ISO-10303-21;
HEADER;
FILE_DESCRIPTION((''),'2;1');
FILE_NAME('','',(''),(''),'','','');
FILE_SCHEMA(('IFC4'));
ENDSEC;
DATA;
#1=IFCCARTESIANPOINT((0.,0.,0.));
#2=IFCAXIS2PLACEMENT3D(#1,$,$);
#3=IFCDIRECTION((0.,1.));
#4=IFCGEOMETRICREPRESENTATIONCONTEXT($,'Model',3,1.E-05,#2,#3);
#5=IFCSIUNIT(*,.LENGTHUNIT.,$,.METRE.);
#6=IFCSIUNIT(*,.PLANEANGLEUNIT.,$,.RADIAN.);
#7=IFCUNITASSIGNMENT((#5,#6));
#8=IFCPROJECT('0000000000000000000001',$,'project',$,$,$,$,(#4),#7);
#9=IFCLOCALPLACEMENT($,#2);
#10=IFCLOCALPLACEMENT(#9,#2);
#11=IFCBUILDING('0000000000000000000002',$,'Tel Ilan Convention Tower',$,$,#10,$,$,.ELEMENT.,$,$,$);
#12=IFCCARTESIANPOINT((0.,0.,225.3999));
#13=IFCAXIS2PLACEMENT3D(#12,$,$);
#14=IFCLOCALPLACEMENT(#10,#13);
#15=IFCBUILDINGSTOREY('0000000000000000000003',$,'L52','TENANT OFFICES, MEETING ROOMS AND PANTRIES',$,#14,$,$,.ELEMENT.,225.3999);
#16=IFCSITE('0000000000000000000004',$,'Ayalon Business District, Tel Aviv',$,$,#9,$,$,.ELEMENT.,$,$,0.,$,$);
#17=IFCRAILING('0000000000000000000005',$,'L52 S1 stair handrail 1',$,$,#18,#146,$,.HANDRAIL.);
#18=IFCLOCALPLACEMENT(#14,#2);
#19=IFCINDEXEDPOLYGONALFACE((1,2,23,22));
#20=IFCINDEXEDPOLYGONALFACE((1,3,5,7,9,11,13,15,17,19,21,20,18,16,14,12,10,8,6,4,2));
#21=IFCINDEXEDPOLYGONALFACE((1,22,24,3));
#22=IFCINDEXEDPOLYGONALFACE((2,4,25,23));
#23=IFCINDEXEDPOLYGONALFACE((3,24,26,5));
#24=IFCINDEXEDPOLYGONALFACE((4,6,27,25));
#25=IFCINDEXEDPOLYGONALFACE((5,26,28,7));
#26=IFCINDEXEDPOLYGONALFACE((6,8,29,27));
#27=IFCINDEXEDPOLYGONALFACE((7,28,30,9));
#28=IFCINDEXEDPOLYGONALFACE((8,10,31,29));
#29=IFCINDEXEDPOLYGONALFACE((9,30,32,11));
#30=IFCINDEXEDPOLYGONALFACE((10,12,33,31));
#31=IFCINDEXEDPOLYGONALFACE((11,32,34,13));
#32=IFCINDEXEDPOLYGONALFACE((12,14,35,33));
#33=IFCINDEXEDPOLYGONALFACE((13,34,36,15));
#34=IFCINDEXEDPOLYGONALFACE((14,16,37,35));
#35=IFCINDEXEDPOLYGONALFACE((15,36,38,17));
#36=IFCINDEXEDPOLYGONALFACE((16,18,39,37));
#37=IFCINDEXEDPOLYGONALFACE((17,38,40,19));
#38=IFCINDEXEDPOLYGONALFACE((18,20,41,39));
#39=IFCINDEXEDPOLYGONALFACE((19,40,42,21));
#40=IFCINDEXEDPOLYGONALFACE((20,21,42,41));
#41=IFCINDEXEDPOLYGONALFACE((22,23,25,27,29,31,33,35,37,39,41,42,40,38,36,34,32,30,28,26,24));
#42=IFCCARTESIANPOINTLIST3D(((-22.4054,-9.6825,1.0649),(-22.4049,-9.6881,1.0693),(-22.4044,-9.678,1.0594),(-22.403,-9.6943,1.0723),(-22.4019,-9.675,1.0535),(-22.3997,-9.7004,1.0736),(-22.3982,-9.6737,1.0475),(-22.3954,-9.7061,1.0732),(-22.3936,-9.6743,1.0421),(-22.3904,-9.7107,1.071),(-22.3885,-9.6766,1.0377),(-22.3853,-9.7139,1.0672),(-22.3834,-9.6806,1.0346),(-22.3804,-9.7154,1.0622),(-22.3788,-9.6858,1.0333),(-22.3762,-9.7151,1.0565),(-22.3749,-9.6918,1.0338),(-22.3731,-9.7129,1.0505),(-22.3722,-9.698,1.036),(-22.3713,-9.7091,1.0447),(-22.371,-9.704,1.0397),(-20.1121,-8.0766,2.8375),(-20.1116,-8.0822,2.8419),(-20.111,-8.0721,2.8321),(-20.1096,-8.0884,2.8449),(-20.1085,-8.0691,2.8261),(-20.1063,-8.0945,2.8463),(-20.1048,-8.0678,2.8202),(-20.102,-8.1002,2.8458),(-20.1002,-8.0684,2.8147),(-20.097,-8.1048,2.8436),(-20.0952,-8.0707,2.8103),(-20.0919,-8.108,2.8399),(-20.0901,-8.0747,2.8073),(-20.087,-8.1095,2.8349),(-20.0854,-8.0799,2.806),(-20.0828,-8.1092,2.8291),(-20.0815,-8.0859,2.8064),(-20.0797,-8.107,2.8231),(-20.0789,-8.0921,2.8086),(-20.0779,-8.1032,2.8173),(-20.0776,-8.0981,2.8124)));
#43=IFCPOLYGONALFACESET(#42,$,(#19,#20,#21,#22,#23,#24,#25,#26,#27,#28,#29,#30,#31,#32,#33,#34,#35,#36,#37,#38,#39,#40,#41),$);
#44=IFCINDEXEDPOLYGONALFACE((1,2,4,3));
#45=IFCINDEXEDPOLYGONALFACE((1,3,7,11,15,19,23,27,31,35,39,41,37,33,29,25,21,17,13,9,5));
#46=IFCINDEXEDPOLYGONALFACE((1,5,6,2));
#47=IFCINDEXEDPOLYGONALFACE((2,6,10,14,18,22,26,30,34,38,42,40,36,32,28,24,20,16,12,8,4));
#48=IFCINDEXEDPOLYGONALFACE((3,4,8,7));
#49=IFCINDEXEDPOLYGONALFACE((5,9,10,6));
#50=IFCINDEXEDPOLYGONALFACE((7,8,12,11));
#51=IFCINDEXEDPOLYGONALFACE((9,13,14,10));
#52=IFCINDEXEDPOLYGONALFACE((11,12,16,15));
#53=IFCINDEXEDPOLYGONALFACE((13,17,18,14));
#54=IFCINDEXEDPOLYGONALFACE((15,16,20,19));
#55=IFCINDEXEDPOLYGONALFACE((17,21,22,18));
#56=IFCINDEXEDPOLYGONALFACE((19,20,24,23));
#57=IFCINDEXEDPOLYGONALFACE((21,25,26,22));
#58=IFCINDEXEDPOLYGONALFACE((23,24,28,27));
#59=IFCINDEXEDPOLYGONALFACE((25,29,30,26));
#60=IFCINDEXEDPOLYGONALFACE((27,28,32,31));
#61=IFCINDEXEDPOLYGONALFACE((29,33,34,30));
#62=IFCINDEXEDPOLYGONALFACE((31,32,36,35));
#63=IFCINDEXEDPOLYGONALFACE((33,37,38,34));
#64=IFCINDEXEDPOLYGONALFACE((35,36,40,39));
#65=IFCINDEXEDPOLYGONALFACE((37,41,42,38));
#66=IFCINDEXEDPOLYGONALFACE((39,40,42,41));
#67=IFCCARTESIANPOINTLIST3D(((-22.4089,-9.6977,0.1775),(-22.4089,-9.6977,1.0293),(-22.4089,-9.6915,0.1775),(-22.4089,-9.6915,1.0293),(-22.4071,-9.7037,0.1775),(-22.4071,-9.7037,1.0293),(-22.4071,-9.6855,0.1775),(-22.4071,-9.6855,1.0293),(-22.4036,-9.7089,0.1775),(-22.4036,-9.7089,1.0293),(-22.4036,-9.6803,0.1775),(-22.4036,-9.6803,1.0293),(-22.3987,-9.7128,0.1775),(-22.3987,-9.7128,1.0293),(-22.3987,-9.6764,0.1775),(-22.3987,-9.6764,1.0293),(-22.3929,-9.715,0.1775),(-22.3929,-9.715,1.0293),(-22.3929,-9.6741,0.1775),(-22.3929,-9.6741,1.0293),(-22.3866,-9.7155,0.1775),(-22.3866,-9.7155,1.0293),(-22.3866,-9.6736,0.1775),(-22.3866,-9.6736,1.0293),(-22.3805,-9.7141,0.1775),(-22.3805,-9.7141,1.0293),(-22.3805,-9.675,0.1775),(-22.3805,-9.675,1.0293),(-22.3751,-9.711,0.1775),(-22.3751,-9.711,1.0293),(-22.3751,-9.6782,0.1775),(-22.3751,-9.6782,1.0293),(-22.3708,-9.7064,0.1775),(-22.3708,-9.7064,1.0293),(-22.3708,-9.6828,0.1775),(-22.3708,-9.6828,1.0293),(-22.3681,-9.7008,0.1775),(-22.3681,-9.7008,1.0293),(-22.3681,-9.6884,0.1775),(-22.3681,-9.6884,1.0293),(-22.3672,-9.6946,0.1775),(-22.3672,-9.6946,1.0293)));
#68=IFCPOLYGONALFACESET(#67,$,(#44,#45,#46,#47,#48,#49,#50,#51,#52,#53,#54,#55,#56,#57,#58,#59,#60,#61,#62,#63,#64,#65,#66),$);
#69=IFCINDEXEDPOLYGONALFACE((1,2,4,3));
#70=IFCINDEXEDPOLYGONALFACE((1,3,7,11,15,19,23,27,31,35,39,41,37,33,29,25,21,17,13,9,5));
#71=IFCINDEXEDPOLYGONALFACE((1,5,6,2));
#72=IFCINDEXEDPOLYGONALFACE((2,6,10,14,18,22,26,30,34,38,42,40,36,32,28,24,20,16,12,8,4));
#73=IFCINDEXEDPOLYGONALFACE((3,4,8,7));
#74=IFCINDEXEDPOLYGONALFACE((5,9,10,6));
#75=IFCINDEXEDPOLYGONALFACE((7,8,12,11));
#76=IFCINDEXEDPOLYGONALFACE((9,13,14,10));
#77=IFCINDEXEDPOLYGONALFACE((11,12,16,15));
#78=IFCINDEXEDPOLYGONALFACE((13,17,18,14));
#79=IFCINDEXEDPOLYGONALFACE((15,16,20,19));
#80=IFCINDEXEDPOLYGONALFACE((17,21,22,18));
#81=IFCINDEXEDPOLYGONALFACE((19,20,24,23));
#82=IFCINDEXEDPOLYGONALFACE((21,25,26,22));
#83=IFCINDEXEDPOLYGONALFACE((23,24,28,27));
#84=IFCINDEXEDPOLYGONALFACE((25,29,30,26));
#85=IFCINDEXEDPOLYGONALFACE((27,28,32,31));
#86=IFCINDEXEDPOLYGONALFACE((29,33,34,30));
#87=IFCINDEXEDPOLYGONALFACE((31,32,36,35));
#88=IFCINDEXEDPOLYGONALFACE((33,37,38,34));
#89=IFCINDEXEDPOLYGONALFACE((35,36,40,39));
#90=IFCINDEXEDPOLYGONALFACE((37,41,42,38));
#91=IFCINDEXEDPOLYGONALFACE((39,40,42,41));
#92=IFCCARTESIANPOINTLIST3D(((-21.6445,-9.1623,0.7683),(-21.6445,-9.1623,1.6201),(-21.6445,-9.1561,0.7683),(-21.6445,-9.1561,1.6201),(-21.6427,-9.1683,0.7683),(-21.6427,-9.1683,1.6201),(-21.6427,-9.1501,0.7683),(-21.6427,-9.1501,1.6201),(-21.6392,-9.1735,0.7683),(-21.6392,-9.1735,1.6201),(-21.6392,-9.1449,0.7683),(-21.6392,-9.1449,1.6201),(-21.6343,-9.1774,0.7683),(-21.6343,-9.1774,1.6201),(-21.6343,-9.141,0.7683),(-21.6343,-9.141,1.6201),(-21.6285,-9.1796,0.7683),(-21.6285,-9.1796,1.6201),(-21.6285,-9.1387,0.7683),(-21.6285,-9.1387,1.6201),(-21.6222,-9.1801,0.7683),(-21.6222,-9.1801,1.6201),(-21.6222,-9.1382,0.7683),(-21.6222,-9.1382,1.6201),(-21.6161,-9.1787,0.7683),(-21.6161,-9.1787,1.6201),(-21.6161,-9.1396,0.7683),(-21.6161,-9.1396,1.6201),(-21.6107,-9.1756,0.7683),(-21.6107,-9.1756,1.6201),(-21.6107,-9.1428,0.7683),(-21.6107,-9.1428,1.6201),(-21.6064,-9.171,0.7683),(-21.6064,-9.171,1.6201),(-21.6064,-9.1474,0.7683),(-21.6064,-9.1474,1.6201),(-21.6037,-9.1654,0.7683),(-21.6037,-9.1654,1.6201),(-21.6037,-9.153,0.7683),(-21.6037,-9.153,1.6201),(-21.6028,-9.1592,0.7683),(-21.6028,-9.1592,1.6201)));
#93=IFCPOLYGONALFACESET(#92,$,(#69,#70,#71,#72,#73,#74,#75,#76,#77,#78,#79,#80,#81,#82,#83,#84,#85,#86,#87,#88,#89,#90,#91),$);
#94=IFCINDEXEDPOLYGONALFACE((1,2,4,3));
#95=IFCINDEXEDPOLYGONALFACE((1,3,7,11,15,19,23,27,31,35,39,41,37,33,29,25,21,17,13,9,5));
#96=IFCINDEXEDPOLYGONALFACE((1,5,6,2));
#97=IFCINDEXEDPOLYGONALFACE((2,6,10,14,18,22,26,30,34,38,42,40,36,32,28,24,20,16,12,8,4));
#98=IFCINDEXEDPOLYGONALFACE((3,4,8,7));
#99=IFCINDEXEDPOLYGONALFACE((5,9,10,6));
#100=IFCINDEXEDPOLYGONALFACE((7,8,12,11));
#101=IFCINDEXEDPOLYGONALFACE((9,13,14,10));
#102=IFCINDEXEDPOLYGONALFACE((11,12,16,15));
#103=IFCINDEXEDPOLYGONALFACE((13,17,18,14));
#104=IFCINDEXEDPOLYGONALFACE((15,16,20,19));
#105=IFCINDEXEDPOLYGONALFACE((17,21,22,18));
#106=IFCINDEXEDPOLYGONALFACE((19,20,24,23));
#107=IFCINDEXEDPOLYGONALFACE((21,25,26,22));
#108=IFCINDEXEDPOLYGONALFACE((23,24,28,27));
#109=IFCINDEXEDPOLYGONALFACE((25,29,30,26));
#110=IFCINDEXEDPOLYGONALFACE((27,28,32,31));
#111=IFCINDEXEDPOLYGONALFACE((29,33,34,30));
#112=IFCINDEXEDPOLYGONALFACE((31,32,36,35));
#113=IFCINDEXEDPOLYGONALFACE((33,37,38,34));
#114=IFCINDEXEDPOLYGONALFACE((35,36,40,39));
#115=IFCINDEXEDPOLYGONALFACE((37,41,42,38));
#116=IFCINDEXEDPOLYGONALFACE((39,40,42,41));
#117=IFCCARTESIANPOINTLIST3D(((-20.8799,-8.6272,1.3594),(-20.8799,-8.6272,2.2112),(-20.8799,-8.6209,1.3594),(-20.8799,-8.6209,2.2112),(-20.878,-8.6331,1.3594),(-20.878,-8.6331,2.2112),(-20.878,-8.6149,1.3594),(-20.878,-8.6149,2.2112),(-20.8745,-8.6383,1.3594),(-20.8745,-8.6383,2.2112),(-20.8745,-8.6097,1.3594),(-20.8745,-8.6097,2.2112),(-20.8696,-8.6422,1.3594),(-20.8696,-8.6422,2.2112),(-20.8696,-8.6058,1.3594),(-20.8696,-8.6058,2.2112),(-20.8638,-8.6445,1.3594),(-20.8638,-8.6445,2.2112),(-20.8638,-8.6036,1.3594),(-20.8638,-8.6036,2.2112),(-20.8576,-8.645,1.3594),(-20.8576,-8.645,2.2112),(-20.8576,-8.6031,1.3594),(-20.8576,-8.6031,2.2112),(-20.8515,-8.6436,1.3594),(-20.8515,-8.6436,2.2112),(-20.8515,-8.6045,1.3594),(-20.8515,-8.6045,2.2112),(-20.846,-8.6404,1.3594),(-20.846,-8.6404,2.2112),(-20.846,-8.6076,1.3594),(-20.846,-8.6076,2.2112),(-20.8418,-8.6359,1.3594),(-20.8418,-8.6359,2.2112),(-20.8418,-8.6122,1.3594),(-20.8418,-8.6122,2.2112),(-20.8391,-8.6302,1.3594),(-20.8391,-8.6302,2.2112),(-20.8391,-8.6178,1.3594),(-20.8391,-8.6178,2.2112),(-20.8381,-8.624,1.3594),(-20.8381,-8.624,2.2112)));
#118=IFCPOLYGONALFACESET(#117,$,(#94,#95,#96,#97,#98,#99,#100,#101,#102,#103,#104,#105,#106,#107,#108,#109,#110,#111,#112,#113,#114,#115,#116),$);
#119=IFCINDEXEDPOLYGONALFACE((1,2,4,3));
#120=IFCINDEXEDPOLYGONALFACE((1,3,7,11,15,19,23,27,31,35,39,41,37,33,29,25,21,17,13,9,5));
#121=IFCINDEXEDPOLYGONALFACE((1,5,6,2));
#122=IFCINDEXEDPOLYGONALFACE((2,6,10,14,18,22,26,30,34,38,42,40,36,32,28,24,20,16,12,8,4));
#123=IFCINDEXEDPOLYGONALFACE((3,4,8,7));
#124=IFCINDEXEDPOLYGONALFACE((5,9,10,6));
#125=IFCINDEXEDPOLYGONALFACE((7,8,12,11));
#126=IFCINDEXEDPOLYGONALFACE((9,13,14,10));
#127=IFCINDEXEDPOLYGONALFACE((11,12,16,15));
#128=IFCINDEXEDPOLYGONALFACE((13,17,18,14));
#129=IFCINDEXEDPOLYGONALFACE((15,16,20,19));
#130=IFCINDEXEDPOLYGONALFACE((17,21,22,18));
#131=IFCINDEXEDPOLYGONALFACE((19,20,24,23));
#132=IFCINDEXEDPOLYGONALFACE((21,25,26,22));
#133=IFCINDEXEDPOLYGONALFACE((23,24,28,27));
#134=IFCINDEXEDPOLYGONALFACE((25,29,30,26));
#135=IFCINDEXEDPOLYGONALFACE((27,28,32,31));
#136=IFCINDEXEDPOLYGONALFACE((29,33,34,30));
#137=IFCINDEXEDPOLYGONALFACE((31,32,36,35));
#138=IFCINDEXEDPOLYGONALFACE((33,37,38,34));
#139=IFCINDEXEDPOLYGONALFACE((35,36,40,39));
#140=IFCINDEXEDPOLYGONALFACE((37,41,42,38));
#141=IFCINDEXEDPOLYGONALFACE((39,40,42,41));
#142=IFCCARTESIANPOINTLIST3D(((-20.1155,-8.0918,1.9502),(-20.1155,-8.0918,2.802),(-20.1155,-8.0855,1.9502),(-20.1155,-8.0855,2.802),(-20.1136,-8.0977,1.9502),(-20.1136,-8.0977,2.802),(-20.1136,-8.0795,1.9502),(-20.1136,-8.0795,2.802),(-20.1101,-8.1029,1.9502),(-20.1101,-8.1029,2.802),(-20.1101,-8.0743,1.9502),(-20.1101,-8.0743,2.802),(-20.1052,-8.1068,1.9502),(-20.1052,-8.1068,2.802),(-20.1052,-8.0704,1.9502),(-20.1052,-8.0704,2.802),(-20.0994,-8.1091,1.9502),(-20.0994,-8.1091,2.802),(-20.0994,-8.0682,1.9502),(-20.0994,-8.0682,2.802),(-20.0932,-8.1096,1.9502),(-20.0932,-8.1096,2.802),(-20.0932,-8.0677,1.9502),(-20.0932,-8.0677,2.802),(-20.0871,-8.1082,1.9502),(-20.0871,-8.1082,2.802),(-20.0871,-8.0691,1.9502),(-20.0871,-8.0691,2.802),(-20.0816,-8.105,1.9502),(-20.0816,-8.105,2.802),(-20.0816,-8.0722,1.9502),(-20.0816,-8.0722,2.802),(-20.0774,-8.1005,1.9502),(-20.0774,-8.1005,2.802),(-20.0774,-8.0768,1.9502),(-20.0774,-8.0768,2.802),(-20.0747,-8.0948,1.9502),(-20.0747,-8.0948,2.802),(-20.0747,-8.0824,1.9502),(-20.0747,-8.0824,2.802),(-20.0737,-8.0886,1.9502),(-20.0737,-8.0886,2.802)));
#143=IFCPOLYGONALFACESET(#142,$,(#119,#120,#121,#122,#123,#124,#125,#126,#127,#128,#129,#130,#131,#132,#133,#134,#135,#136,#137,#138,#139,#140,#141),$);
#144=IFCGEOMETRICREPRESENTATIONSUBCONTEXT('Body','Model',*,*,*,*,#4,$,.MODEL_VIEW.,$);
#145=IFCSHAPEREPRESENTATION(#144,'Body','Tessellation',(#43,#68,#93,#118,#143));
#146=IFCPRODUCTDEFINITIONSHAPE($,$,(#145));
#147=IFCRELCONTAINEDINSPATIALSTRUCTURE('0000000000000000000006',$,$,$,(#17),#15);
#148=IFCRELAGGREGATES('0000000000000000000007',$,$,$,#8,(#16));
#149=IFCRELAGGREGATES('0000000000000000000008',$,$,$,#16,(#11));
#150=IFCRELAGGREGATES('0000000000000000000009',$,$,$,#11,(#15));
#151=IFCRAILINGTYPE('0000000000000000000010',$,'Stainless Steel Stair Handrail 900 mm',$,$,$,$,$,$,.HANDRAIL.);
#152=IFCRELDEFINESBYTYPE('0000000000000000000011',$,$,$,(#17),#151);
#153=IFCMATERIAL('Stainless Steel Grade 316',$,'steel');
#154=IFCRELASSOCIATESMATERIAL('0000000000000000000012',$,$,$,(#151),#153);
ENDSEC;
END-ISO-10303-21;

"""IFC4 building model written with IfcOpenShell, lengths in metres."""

from ifc_helpers import new_model, si_unit, direction, frame, origin, origin_2d, place, context, subcontext, project, spatial, circle, extrude, material, type_object, element, save


model = new_model("IFC4")

# Units and contexts
model_context = context("Model", 3, precision=1e-05, world=origin(), true_north=direction((0.0, 1.0)))
body_context = subcontext(model_context, "Body", "Model", "MODEL_VIEW")
ifc_project = project(units=[si_unit("LENGTHUNIT", "METRE"), si_unit("PLANEANGLEUNIT", "RADIAN")], contexts=[model_context])

# Site, building, storey
site_placement = place(None, origin())
site = spatial("IfcSite", under=ifc_project, at=site_placement, Name="Ayalon Business District, Tel Aviv", CompositionType="ELEMENT", RefElevation=0.0)
building_placement = place(site_placement, origin())
building = spatial("IfcBuilding", under=site, at=building_placement, Name="Tel Ilan Convention Tower", CompositionType="ELEMENT")
storey_placement = place(building_placement, frame((0.0, 0.0, 225.3999)))
storey = spatial("IfcBuildingStorey", under=building, at=storey_placement, Name="L52", Description="TENANT OFFICES, MEETING ROOMS AND PANTRIES", CompositionType="ELEMENT", Elevation=225.3999)

# Railing
ifc_material_1 = material(Name="Stainless Steel Grade 316", Category="steel")
railing_type_1 = type_object("IfcRailingType", Name="Stainless Steel Stair Handrail 900 mm", PredefinedType="HANDRAIL", material=ifc_material_1)
railing_1_placement = place(storey_placement, frame((-22.3882, -9.6946, 0.1775)))
element("IfcRailing", 1, at=railing_1_placement, inside=storey, type_object=railing_type_1, Name="L52 S1 stair handrail 1", PredefinedType="HANDRAIL", context=body_context, shape_type="SweptSolid", body=[
    extrude(circle(Radius=0.0239, at=origin_2d()), frame((0.0, 0.0, 0.876), z_axis=(0.692085, 0.484621, 0.53494), x_axis=(-0.573591, 0.819142, 0.0)), (0.0, 0.0, 1.0), 3.3137),
    extrude(circle(Radius=0.021, at=origin_2d()), origin(), (0.0, 0.0, 1.0), 0.8518),
    extrude(circle(Radius=0.021, at=origin_2d()), frame((0.7644, 0.5354, 0.5908)), (0.0, 0.0, 1.0), 0.8518),
    extrude(circle(Radius=0.021, at=origin_2d()), frame((1.5291, 1.0706, 1.1819)), (0.0, 0.0, 1.0), 0.8518),
    extrude(circle(Radius=0.021, at=origin_2d()), frame((2.2935, 1.606, 1.7727)), (0.0, 0.0, 1.0), 0.8518),
])

save(model, "model.ifc")
